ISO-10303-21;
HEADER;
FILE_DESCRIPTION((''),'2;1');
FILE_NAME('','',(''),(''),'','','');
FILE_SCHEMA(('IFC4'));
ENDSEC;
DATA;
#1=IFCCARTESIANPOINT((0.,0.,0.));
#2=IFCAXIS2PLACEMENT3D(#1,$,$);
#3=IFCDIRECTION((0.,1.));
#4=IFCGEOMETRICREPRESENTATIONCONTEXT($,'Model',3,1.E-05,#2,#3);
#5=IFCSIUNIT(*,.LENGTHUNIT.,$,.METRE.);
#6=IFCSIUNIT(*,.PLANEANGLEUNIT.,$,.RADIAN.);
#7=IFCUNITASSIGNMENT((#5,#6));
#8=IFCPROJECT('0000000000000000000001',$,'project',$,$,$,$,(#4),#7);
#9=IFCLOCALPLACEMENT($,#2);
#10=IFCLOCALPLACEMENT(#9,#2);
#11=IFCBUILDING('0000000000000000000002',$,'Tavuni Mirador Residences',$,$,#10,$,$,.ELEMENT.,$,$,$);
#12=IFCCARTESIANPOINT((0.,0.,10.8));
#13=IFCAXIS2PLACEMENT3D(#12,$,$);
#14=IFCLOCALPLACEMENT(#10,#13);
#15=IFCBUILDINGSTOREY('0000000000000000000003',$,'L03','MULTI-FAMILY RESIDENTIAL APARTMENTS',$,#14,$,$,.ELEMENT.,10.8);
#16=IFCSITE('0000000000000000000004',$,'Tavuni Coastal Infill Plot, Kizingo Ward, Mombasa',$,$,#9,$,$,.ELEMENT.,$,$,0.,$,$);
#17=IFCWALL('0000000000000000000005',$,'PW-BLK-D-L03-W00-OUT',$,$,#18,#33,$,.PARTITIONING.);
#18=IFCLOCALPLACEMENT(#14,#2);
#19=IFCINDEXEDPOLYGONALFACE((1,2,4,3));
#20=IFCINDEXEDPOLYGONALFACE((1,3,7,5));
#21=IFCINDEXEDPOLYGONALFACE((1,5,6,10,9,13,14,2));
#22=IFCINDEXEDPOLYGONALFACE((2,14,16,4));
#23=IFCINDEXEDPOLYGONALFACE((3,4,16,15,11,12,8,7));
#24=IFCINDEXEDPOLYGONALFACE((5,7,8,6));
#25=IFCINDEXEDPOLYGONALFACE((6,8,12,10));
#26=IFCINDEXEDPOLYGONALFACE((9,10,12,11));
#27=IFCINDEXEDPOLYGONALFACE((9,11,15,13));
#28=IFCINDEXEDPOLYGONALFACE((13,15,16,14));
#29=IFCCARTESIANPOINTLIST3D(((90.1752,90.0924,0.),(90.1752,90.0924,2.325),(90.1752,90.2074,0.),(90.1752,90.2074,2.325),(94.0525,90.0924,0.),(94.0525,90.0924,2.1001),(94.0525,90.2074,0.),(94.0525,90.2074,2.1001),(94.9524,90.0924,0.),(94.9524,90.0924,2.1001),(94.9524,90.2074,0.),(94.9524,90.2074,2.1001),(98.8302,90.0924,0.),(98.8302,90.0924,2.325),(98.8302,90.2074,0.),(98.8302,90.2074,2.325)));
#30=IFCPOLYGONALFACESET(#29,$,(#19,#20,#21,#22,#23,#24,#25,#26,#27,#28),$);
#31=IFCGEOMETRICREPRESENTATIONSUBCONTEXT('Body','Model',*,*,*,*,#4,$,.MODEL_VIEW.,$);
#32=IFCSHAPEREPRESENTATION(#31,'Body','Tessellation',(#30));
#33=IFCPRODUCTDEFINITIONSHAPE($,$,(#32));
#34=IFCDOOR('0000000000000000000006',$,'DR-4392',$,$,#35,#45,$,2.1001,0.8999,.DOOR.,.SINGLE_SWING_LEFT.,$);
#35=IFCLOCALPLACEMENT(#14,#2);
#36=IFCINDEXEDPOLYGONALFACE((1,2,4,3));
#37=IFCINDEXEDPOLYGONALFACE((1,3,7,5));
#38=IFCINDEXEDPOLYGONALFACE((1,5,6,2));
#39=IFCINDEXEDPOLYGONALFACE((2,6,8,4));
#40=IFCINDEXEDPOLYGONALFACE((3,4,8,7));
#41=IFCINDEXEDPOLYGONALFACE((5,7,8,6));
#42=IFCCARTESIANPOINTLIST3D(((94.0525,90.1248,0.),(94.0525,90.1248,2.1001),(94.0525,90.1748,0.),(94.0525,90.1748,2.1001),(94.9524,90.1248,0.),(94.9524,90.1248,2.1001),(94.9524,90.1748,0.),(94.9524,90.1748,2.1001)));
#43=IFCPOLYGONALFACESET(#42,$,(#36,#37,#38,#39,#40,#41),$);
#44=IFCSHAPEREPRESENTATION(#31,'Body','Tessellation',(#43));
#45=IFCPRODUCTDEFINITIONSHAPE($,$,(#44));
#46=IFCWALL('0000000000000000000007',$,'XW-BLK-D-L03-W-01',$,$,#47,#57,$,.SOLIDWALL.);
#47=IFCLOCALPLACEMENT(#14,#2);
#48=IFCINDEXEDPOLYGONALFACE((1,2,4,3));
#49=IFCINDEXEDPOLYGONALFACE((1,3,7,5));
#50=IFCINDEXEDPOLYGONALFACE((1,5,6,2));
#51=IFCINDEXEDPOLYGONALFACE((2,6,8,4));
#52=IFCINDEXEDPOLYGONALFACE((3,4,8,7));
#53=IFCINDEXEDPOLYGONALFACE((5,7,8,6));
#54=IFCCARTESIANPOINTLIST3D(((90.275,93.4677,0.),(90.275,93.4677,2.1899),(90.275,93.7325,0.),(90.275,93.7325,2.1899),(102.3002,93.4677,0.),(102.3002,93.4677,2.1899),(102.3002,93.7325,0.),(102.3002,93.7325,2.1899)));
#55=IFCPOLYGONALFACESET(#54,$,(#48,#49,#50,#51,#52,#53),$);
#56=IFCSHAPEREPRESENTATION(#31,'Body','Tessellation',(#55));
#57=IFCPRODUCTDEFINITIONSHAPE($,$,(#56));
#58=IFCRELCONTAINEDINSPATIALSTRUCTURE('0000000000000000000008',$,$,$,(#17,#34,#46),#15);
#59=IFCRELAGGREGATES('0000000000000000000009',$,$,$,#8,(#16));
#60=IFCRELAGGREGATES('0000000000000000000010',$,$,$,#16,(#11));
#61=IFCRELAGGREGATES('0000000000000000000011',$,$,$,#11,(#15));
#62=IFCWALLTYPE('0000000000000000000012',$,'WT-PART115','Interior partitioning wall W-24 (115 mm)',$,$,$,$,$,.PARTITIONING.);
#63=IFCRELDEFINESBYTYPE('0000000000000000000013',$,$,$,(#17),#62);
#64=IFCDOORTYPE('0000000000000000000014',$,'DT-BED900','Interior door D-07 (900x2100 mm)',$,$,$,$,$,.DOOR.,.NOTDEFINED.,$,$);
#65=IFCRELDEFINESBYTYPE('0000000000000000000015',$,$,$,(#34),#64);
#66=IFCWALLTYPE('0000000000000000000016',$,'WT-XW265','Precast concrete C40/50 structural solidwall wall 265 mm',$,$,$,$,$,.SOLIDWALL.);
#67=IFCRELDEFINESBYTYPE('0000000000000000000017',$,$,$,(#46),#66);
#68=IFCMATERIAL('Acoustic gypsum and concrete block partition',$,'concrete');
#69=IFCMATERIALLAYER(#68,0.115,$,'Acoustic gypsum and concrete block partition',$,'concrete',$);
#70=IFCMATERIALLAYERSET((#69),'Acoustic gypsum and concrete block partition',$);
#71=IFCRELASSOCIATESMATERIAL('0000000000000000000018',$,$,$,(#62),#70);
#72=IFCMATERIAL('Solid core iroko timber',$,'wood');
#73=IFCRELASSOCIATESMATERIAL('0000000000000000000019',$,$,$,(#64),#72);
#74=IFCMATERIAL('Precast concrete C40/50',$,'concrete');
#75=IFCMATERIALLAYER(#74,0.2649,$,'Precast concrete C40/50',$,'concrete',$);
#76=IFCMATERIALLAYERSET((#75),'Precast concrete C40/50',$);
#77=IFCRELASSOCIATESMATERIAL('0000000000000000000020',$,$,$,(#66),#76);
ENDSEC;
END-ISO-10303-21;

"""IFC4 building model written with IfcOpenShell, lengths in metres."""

from ifc_helpers import new_model, si_unit, direction, frame, frame_2d, origin, place, context, subcontext, project, spatial, rectangle, extrude, material, layer, layer_set, type_object, element, fill, save


model = new_model("IFC4")

# Units and contexts
model_context = context("Model", 3, precision=1e-05, world=origin(), true_north=direction((0.0, 1.0)))
body_context = subcontext(model_context, "Body", "Model", "MODEL_VIEW")
ifc_project = project(units=[si_unit("LENGTHUNIT", "METRE"), si_unit("PLANEANGLEUNIT", "RADIAN")], contexts=[model_context])

# Site, building, storey
site_placement = place(None, origin())
site = spatial("IfcSite", under=ifc_project, at=site_placement, Name="Tavuni Coastal Infill Plot, Kizingo Ward, Mombasa", CompositionType="ELEMENT", RefElevation=0.0)
building_placement = place(site_placement, origin())
building = spatial("IfcBuilding", under=site, at=building_placement, Name="Tavuni Mirador Residences", CompositionType="ELEMENT")
storey_placement = place(building_placement, frame((0.0, 0.0, 10.8)))
storey = spatial("IfcBuildingStorey", under=building, at=storey_placement, Name="L03", Description="MULTI-FAMILY RESIDENTIAL APARTMENTS", CompositionType="ELEMENT", Elevation=10.8)

# Shared definitions
ifc_material_1 = material(Name="Precast concrete C40/50", Category="concrete")

# Wall, opening, door
ifc_material_2 = material(Name="Acoustic gypsum and concrete block partition", Category="concrete")
ifc_layer_1 = layer(ifc_material_2, 0.115, Name="Acoustic gypsum and concrete block partition", Category="concrete")
ifc_layer_set_1 = layer_set([ifc_layer_1], Name="Acoustic gypsum and concrete block partition")
wall_type_1 = type_object("IfcWallType", Name="WT-PART115", Description="Interior partitioning wall W-24 (115 mm)", PredefinedType="PARTITIONING", material=ifc_layer_set_1)
wall_1_placement = place(storey_placement, frame((90.175, 90.1499, 0.0), z_axis=(0.0, 0.0, 1.0), x_axis=(1.0, 0.0, 0.0)))
wall_1 = element("IfcWall", 1, at=wall_1_placement, inside=storey, type_object=wall_type_1, Name="PW-BLK-D-L03-W00-OUT", PredefinedType="PARTITIONING", context=body_context, shape_type="SweptSolid", body=[
    extrude(rectangle(XDim=8.655, YDim=0.115, at=frame_2d((4.3276, 0.0))), origin(), (0.0, 0.0, 1.0), 2.325),
])
opening_1_placement = place(wall_1_placement, frame((3.8774, 0.0, 0.0)))
opening_1 = element("IfcOpeningElement", 2, at=opening_1_placement, cuts=wall_1, PredefinedType="OPENING", context=body_context, shape_type="SweptSolid", body=[
    extrude(rectangle(XDim=0.8999, YDim=2.1001, at=frame_2d((0.45, 1.05))), frame((0.0, 0.0674, 0.0), z_axis=(0.0, -1.0, 0.0), x_axis=(1.0, 0.0, 0.0)), (0.0, 0.0, 1.0), 0.135),
])
ifc_material_3 = material(Name="Solid core iroko timber", Category="wood")
door_type = type_object("IfcDoorType", Name="DT-BED900", Description="Interior door D-07 (900x2100 mm)", OperationType="NOTDEFINED", PredefinedType="DOOR", material=ifc_material_3)
door_placement = place(opening_1_placement, origin())
door = element("IfcDoor", 3, at=door_placement, inside=storey, type_object=door_type, Name="DR-4392", OperationType="SINGLE_SWING_LEFT", OverallHeight=2.1001, OverallWidth=0.8999, PredefinedType="DOOR", context=body_context, shape_type="SweptSolid", body=[
    extrude(rectangle(XDim=0.8999, YDim=2.1001, at=frame_2d((0.45, 1.05))), frame((0.0, 0.0249, 0.0), z_axis=(0.0, -1.0, 0.0), x_axis=(1.0, 0.0, 0.0)), (0.0, 0.0, 1.0), 0.05),
])
fill(opening_1, door)

# Wall
ifc_layer_2 = layer(ifc_material_1, 0.2649, Name="Precast concrete C40/50", Category="concrete")
ifc_layer_set_2 = layer_set([ifc_layer_2], Name="Precast concrete C40/50")
wall_type_2 = type_object("IfcWallType", Name="WT-XW265", Description="Precast concrete C40/50 structural solidwall wall 265 mm", PredefinedType="SOLIDWALL", material=ifc_layer_set_2)
wall_2_placement = place(storey_placement, frame((90.2749, 93.6001, 0.0), z_axis=(0.0, 0.0, 1.0), x_axis=(1.0, 0.0, 0.0)))
element("IfcWall", 4, at=wall_2_placement, inside=storey, type_object=wall_type_2, Name="XW-BLK-D-L03-W-01", PredefinedType="SOLIDWALL", context=body_context, shape_type="SweptSolid", body=[
    extrude(rectangle(XDim=12.0251, YDim=0.2649, at=frame_2d((6.0127, 0.0))), origin(), (0.0, 0.0, 1.0), 2.1899),
])

save(model, "model.ifc")
